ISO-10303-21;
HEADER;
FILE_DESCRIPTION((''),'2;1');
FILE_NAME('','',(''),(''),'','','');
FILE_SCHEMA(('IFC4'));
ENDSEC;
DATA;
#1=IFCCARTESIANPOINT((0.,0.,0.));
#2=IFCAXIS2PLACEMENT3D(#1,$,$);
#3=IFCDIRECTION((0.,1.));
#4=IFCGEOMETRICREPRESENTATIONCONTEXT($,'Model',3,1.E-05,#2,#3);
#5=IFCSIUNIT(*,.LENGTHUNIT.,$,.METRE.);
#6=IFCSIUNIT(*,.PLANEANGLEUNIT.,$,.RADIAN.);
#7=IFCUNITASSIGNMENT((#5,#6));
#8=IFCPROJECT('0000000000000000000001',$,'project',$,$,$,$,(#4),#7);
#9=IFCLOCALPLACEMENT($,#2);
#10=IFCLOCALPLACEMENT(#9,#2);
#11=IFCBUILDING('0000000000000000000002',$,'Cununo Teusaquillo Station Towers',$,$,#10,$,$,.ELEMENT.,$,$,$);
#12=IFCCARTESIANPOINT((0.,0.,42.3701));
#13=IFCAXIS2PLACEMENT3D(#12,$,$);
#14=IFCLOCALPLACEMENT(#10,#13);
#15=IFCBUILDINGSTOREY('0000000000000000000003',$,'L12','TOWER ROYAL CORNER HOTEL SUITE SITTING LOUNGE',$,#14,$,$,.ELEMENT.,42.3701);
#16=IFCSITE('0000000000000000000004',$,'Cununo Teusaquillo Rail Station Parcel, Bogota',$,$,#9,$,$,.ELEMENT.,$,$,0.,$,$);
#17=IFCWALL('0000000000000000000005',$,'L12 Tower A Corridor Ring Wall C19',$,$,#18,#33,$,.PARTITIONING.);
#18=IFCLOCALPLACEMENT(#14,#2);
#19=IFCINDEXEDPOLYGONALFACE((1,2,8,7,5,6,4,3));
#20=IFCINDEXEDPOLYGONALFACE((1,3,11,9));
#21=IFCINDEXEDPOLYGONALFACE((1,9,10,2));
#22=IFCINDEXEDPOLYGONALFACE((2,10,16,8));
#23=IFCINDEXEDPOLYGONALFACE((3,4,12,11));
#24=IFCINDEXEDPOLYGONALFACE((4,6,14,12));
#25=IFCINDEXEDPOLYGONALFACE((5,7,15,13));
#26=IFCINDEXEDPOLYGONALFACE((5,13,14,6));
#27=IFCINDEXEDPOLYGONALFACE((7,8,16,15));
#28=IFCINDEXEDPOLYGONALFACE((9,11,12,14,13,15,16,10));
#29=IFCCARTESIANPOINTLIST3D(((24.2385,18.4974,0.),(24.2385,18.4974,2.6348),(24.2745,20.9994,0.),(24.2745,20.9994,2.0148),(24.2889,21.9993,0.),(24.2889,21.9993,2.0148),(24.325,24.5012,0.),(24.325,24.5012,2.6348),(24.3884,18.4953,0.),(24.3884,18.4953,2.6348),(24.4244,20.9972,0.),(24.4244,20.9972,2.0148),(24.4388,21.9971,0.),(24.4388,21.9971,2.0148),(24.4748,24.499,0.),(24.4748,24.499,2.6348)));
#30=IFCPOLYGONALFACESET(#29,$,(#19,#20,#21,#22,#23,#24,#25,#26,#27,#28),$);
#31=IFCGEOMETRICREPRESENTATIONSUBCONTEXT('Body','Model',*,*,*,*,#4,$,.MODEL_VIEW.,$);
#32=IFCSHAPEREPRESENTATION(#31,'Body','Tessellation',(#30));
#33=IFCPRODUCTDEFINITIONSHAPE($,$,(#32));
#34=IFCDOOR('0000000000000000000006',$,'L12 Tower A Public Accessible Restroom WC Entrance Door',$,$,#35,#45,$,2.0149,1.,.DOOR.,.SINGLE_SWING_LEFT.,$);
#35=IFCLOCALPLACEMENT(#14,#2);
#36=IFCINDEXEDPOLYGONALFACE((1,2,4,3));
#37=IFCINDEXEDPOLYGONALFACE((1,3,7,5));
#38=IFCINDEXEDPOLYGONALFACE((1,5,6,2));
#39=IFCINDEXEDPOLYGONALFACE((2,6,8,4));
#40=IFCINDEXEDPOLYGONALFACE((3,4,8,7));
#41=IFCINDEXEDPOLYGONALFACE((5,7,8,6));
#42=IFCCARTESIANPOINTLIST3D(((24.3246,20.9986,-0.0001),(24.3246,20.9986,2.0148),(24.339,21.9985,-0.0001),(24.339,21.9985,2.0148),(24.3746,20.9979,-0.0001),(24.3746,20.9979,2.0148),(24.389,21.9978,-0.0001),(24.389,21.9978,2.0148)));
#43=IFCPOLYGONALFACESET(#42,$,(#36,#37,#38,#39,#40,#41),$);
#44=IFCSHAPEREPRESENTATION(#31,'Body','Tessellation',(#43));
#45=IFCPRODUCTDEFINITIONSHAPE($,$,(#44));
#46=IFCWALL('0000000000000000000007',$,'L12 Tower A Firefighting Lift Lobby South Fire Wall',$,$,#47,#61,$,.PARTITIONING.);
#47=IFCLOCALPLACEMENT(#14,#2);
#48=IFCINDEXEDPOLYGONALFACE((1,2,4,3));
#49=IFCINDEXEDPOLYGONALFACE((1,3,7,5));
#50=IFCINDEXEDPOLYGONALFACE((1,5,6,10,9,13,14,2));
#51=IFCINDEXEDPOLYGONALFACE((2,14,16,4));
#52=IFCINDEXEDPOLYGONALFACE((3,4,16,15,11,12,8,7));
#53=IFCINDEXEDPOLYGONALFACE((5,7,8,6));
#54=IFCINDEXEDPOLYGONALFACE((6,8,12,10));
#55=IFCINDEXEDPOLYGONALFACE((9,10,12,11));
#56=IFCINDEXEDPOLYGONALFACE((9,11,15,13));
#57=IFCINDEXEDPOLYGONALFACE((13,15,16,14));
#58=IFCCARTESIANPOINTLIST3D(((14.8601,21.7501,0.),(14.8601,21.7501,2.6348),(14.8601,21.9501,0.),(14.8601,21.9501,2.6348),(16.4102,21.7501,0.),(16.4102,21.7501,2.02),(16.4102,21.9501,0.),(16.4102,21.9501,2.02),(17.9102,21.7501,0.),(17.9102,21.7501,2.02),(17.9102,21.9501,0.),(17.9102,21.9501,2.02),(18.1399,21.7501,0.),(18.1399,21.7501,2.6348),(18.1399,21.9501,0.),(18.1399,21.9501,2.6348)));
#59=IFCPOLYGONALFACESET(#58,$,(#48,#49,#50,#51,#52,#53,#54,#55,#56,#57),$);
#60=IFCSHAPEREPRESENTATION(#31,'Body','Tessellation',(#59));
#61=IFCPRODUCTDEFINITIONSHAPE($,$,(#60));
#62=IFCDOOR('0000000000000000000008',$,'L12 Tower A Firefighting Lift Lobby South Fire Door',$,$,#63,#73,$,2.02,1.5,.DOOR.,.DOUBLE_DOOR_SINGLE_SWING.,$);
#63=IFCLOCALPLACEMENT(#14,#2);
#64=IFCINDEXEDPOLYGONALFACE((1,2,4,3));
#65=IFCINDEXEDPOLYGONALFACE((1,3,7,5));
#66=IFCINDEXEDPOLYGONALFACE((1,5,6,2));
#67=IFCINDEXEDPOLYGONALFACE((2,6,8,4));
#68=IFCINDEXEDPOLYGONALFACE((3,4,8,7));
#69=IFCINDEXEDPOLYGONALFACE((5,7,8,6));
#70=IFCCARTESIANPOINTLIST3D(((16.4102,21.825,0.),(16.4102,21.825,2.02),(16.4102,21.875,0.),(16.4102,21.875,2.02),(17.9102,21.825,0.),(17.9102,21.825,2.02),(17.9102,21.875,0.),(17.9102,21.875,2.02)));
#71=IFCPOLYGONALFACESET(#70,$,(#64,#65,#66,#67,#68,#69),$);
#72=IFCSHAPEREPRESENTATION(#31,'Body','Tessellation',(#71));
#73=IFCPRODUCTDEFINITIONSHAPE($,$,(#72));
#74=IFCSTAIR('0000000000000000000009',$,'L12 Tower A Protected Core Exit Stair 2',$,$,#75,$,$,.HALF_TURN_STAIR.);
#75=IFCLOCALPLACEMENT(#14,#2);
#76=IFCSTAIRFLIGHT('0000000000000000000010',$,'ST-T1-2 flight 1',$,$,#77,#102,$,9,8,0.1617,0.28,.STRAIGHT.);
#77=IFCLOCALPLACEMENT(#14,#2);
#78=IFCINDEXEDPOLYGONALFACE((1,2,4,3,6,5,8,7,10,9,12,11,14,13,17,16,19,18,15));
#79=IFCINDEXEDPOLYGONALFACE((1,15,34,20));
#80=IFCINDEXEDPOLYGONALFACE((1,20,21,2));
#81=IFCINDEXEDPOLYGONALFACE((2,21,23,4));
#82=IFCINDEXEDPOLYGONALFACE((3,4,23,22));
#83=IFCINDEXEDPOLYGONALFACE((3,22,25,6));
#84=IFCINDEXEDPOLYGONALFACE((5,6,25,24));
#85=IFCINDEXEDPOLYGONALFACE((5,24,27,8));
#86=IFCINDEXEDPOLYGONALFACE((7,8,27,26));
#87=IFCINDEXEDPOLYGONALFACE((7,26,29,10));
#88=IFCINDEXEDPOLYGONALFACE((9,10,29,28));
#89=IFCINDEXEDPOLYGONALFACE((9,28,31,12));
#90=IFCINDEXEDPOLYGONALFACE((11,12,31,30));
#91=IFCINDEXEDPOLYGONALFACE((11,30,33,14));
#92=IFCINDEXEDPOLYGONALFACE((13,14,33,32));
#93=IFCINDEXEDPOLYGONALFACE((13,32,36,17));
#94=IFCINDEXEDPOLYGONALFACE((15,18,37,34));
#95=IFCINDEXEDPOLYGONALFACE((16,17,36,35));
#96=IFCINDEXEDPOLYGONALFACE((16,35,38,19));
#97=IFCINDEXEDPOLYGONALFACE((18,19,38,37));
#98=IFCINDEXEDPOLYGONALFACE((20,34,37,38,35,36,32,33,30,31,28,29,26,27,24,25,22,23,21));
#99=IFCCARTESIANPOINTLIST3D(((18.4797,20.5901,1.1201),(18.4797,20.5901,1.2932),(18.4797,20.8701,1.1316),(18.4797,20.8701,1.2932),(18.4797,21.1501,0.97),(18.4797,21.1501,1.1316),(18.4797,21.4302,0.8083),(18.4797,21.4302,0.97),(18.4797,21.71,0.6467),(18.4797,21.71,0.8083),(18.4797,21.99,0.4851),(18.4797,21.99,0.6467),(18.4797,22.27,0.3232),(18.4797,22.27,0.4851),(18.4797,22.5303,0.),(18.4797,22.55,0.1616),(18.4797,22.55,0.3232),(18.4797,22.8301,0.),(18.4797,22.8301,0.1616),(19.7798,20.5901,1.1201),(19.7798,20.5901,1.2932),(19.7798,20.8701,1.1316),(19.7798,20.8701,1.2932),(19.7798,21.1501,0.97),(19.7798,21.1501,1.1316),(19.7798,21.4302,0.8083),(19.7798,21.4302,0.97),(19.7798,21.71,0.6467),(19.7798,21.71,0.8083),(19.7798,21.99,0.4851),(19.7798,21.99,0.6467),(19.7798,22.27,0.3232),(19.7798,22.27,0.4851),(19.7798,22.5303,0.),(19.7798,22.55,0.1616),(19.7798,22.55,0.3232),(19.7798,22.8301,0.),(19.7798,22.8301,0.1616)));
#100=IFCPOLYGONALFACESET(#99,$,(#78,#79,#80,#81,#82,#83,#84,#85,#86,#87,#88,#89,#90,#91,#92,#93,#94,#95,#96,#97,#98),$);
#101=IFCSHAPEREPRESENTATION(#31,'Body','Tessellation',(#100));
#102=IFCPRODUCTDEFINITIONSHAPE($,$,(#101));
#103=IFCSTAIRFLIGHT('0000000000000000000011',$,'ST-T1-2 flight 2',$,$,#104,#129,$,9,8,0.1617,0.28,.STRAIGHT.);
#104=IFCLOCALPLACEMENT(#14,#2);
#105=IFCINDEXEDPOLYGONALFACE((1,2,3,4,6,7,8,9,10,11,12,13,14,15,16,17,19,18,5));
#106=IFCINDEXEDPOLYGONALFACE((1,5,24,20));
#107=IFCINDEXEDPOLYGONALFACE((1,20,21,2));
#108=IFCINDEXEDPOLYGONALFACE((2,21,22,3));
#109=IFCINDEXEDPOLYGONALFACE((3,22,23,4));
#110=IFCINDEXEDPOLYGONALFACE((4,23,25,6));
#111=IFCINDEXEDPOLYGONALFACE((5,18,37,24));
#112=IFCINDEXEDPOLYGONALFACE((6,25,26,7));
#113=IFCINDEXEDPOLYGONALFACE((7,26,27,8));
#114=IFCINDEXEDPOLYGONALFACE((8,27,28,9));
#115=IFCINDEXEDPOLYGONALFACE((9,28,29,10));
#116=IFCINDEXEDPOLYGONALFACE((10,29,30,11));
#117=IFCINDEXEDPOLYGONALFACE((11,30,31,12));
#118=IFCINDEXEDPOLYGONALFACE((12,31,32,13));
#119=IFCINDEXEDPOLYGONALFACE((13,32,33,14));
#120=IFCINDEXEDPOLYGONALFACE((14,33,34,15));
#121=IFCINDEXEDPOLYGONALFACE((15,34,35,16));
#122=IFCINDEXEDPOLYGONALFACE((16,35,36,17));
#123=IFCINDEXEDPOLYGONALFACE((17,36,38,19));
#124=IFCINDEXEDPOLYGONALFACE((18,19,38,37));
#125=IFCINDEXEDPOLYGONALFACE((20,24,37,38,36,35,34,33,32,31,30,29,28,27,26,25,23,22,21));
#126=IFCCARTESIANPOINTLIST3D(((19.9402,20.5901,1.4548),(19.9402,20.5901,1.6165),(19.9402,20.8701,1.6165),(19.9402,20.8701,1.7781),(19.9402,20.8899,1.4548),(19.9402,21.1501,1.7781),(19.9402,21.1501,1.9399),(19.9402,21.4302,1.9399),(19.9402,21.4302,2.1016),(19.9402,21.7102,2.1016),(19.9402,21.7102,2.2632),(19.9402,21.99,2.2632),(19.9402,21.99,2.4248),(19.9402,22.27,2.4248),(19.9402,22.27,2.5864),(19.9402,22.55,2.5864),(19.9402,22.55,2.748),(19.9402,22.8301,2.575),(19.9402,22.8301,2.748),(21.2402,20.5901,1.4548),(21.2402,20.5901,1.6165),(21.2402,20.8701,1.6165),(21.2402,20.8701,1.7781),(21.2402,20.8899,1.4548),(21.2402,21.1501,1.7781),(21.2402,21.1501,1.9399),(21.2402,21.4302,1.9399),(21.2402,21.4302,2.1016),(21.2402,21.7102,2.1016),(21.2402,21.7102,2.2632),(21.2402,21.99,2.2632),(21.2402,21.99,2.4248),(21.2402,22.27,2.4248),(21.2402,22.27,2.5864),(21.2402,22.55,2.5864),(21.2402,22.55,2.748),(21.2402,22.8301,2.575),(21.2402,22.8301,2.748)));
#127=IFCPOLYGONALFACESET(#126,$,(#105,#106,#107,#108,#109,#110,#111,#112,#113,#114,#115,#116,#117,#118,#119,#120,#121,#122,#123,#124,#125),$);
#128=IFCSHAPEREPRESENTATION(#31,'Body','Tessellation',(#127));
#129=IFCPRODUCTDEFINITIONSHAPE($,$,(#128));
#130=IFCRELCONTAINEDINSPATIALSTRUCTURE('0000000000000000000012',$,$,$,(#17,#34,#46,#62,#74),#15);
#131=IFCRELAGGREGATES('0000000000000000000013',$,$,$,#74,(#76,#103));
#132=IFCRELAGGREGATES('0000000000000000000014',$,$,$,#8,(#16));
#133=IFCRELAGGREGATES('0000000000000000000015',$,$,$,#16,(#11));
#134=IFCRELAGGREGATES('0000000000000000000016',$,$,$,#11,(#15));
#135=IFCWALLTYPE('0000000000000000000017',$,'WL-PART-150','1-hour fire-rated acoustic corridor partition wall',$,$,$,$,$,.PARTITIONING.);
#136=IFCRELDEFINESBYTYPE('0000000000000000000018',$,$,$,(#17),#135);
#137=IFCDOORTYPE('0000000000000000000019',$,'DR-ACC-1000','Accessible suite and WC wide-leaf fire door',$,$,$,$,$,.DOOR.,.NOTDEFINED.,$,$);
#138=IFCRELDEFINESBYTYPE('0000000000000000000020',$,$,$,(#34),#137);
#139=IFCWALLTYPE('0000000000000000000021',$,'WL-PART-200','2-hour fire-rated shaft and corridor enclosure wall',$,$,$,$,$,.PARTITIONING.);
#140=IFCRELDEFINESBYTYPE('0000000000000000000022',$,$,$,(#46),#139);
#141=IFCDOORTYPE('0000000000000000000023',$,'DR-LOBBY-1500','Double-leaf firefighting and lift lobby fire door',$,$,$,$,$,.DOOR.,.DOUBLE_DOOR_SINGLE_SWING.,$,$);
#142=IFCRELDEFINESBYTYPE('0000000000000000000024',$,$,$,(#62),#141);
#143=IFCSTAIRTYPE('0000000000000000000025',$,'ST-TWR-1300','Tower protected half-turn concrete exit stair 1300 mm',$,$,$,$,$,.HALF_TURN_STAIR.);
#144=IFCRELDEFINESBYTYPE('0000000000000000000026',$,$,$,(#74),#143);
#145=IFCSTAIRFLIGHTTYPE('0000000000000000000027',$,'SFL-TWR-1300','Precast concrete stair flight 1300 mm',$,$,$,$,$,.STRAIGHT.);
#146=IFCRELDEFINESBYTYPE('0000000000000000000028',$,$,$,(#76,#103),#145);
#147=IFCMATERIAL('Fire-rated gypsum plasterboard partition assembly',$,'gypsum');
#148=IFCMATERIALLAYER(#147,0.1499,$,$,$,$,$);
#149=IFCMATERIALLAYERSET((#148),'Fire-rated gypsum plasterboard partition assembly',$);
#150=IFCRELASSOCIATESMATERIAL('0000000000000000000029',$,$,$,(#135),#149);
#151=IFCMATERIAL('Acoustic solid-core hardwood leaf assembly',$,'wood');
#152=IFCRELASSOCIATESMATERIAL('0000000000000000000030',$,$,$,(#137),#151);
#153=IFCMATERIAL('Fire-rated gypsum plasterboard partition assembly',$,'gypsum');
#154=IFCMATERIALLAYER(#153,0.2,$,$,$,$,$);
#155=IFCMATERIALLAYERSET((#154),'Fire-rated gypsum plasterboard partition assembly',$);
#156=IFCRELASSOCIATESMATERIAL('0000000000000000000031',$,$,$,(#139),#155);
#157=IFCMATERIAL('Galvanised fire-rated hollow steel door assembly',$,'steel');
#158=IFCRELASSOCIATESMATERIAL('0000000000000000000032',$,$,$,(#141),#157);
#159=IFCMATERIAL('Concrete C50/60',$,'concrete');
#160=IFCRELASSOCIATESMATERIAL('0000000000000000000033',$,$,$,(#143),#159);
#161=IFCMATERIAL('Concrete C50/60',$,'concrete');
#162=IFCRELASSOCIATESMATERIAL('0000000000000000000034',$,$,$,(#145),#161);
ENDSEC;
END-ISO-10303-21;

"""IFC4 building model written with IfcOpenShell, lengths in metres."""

from ifc_helpers import new_model, si_unit, direction, frame, frame_2d, origin, place, context, subcontext, project, spatial, polyline, rectangle, outline, extrude, source, transform, mapped, material, layer, layer_set, type_object, element, fill, aggregate, save


model = new_model("IFC4")

# Units and contexts
model_context = context("Model", 3, precision=1e-05, world=origin(), true_north=direction((0.0, 1.0)))
body_context = subcontext(model_context, "Body", "Model", "MODEL_VIEW")
ifc_project = project(units=[si_unit("LENGTHUNIT", "METRE"), si_unit("PLANEANGLEUNIT", "RADIAN")], contexts=[model_context])

# Site, building, storey
site_placement = place(None, origin())
site = spatial("IfcSite", under=ifc_project, at=site_placement, Name="Cununo Teusaquillo Rail Station Parcel, Bogota", CompositionType="ELEMENT", RefElevation=0.0)
building_placement = place(site_placement, origin())
building = spatial("IfcBuilding", under=site, at=building_placement, Name="Cununo Teusaquillo Station Towers", CompositionType="ELEMENT")
storey_placement = place(building_placement, frame((0.0, 0.0, 42.3701)))
storey = spatial("IfcBuildingStorey", under=building, at=storey_placement, Name="L12", Description="TOWER ROYAL CORNER HOTEL SUITE SITTING LOUNGE", CompositionType="ELEMENT", Elevation=42.3701)

# Walls, openings, doors
ifc_material_1 = material(Name="Fire-rated gypsum plasterboard partition assembly", Category="gypsum")
ifc_layer_1 = layer(ifc_material_1, 0.1499)
ifc_layer_set_1 = layer_set([ifc_layer_1], Name="Fire-rated gypsum plasterboard partition assembly")
wall_type_1 = type_object("IfcWallType", Name="WL-PART-150", Description="1-hour fire-rated acoustic corridor partition wall", PredefinedType="PARTITIONING", material=ifc_layer_set_1)
wall_1_placement = place(storey_placement, frame((24.3135, 18.4963, 0.0), z_axis=(0.0, 0.0, 1.0), x_axis=(0.014394, 0.999896, 0.0)))
wall_1 = element("IfcWall", 1, at=wall_1_placement, inside=storey, type_object=wall_type_1, Name="L12 Tower A Corridor Ring Wall C19", PredefinedType="PARTITIONING", context=body_context, shape_type="SweptSolid", body=[
    extrude(rectangle(XDim=6.0044, YDim=0.1499, at=frame_2d((3.0022, 0.0))), origin(), (0.0, 0.0, 1.0), 2.6348),
])
shared_shape_1 = source(origin(), body_context, "Body", "SweptSolid", [
    extrude(rectangle(XDim=1.0, YDim=2.0149, at=frame_2d((0.5, 1.0073))), frame((0.0, 0.085, 0.0), z_axis=(0.0, -1.0, 0.0), x_axis=(1.0, 0.0, 0.0)), (0.0, 0.0, 1.0), 0.1699),
])
opening_1_placement = place(wall_1_placement, frame((2.5022, 0.0, 0.0)))
opening_1 = element("IfcOpeningElement", 2, at=opening_1_placement, cuts=wall_1, PredefinedType="OPENING", context=body_context, shape_type="MappedRepresentation", body=[
    mapped(shared_shape_1, transform((0.0, 0.0, 0.0), x_axis=(1.0, 0.0, 0.0), y_axis=(0.0, 1.0, 0.0), z_axis=(0.0, 0.0, 1.0), scale=1.0)),
])
ifc_material_2 = material(Name="Acoustic solid-core hardwood leaf assembly", Category="wood")
door_type_1 = type_object("IfcDoorType", Name="DR-ACC-1000", Description="Accessible suite and WC wide-leaf fire door", OperationType="NOTDEFINED", PredefinedType="DOOR", material=ifc_material_2)
shared_shape_2 = source(origin(), body_context, "Body", "SweptSolid", [
    extrude(rectangle(XDim=1.0, YDim=2.0149, at=frame_2d((0.5, 1.0073))), frame((0.0, 0.0249, 0.0), z_axis=(0.0, -1.0, 0.0), x_axis=(1.0, 0.0, 0.0)), (0.0, 0.0, 1.0), 0.05),
])
door_1_placement = place(opening_1_placement, origin())
door_1 = element("IfcDoor", 3, at=door_1_placement, inside=storey, type_object=door_type_1, Name="L12 Tower A Public Accessible Restroom WC Entrance Door", OperationType="SINGLE_SWING_LEFT", OverallHeight=2.0149, OverallWidth=1.0, PredefinedType="DOOR", context=body_context, shape_type="MappedRepresentation", body=[
    mapped(shared_shape_2, transform((0.0, 0.0, 0.0), x_axis=(1.0, 0.0, 0.0), y_axis=(0.0, 1.0, 0.0), z_axis=(0.0, 0.0, 1.0), scale=1.0)),
])
fill(opening_1, door_1)
ifc_material_3 = material(Name="Fire-rated gypsum plasterboard partition assembly", Category="gypsum")
ifc_layer_2 = layer(ifc_material_3, 0.2)
ifc_layer_set_2 = layer_set([ifc_layer_2], Name="Fire-rated gypsum plasterboard partition assembly")
wall_type_2 = type_object("IfcWallType", Name="WL-PART-200", Description="2-hour fire-rated shaft and corridor enclosure wall", PredefinedType="PARTITIONING", material=ifc_layer_set_2)
wall_2_placement = place(storey_placement, frame((14.8601, 21.8501, 0.0), z_axis=(0.0, 0.0, 1.0), x_axis=(1.0, 0.0, 0.0)))
wall_2 = element("IfcWall", 4, at=wall_2_placement, inside=storey, type_object=wall_type_2, Name="L12 Tower A Firefighting Lift Lobby South Fire Wall", PredefinedType="PARTITIONING", context=body_context, shape_type="SweptSolid", body=[
    extrude(rectangle(XDim=3.2798, YDim=0.2, at=frame_2d((1.6399, 0.0))), origin(), (0.0, 0.0, 1.0), 2.6348),
])
shared_shape_3 = source(origin(), body_context, "Body", "SweptSolid", [
    extrude(rectangle(XDim=1.5, YDim=2.02, at=frame_2d((0.75, 1.01))), frame((0.0, 0.1099, 0.0), z_axis=(0.0, -1.0, 0.0), x_axis=(1.0, 0.0, 0.0)), (0.0, 0.0, 1.0), 0.22),
])
opening_2_placement = place(wall_2_placement, frame((1.55, 0.0, 0.0)))
opening_2 = element("IfcOpeningElement", 5, at=opening_2_placement, cuts=wall_2, PredefinedType="OPENING", context=body_context, shape_type="MappedRepresentation", body=[
    mapped(shared_shape_3, transform((0.0, 0.0, 0.0), x_axis=(1.0, 0.0, 0.0), y_axis=(0.0, 1.0, 0.0), z_axis=(0.0, 0.0, 1.0), scale=1.0)),
])
ifc_material_4 = material(Name="Galvanised fire-rated hollow steel door assembly", Category="steel")
door_type_2 = type_object("IfcDoorType", Name="DR-LOBBY-1500", Description="Double-leaf firefighting and lift lobby fire door", OperationType="DOUBLE_DOOR_SINGLE_SWING", PredefinedType="DOOR", material=ifc_material_4)
shared_shape_4 = source(origin(), body_context, "Body", "SweptSolid", [
    extrude(rectangle(XDim=1.5, YDim=2.02, at=frame_2d((0.75, 1.01))), frame((0.0, 0.0249, 0.0), z_axis=(0.0, -1.0, 0.0), x_axis=(1.0, 0.0, 0.0)), (0.0, 0.0, 1.0), 0.05),
])
door_2_placement = place(opening_2_placement, origin())
door_2 = element("IfcDoor", 6, at=door_2_placement, inside=storey, type_object=door_type_2, Name="L12 Tower A Firefighting Lift Lobby South Fire Door", OperationType="DOUBLE_DOOR_SINGLE_SWING", OverallHeight=2.02, OverallWidth=1.5, PredefinedType="DOOR", context=body_context, shape_type="MappedRepresentation", body=[
    mapped(shared_shape_4, transform((0.0, 0.0, 0.0), x_axis=(1.0, 0.0, 0.0), y_axis=(0.0, 1.0, 0.0), z_axis=(0.0, 0.0, 1.0), scale=1.0)),
])
fill(opening_2, door_2)

# Stair, stair flights
ifc_material_5 = material(Name="Concrete C50/60", Category="concrete")
stair_type = type_object("IfcStairType", Name="ST-TWR-1300", Description="Tower protected half-turn concrete exit stair 1300 mm", PredefinedType="HALF_TURN_STAIR", material=ifc_material_5)
stair_placement = place(storey_placement, origin())
stair = element("IfcStair", 7, at=stair_placement, inside=storey, type_object=stair_type, Name="L12 Tower A Protected Core Exit Stair 2", PredefinedType="HALF_TURN_STAIR")
ifc_material_6 = material(Name="Concrete C50/60", Category="concrete")
stair_flight_type = type_object("IfcStairFlightType", Name="SFL-TWR-1300", Description="Precast concrete stair flight 1300 mm", PredefinedType="STRAIGHT", material=ifc_material_6)
stair_flight_1_placement = place(storey_placement, frame((19.1299, 22.8301, 0.0), z_axis=(0.0, 0.0, 1.0), x_axis=(0.0, -1.0, 0.0)))
stair_flight_1 = element("IfcStairFlight", 8, at=stair_flight_1_placement, type_object=stair_flight_type, Name="ST-T1-2 flight 1", NumberOfRisers=9, NumberOfTreads=8, PredefinedType="STRAIGHT", RiserHeight=0.1617, TreadLength=0.28, context=body_context, shape_type="SweptSolid", body=[
    extrude(outline(polyline([(0.0, 0.0), (0.0, 0.1616), (0.28, 0.1616), (0.28, 0.3232), (0.5601, 0.3232), (0.5601, 0.4851), (0.8401, 0.4851), (0.8401, 0.6467), (1.1201, 0.6467), (1.1201, 0.8083), (1.3999, 0.8083), (1.3999, 0.97), (1.6799, 0.97), (1.6799, 1.1316), (1.96, 1.1316), (1.96, 1.2932), (2.24, 1.2932), (2.24, 1.4551), (2.24, 1.1201), (0.2998, 0.0), (0.0, 0.0)])), frame((0.0, 0.6499, 0.0), z_axis=(0.0, -1.0, 0.0), x_axis=(1.0, 0.0, 0.0)), (0.0, 0.0, 1.0), 1.3),
])
stair_flight_2_placement = place(storey_placement, frame((20.5901, 20.5901, 1.4548), z_axis=(0.0, 0.0, 1.0), x_axis=(0.0, 1.0, 0.0)))
stair_flight_2 = element("IfcStairFlight", 9, at=stair_flight_2_placement, type_object=stair_flight_type, Name="ST-T1-2 flight 2", NumberOfRisers=9, NumberOfTreads=8, PredefinedType="STRAIGHT", RiserHeight=0.1617, TreadLength=0.28, context=body_context, shape_type="SweptSolid", body=[
    extrude(outline(polyline([(0.0, 0.0), (0.0, 0.1616), (0.28, 0.1616), (0.28, 0.3232), (0.5601, 0.3232), (0.5601, 0.4851), (0.8401, 0.4851), (0.8401, 0.6467), (1.1201, 0.6467), (1.1201, 0.8083), (1.3999, 0.8083), (1.3999, 0.97), (1.6799, 0.97), (1.6799, 1.1316), (1.96, 1.1316), (1.96, 1.2932), (2.24, 1.2932), (2.24, 1.4551), (2.24, 1.1201), (0.2998, 0.0), (0.0, 0.0)])), frame((0.0, 0.6499, 0.0), z_axis=(0.0, -1.0, 0.0), x_axis=(1.0, 0.0, 0.0)), (0.0, 0.0, 1.0), 1.3),
])
aggregate(stair, [stair_flight_1, stair_flight_2])

save(model, "model.ifc")
